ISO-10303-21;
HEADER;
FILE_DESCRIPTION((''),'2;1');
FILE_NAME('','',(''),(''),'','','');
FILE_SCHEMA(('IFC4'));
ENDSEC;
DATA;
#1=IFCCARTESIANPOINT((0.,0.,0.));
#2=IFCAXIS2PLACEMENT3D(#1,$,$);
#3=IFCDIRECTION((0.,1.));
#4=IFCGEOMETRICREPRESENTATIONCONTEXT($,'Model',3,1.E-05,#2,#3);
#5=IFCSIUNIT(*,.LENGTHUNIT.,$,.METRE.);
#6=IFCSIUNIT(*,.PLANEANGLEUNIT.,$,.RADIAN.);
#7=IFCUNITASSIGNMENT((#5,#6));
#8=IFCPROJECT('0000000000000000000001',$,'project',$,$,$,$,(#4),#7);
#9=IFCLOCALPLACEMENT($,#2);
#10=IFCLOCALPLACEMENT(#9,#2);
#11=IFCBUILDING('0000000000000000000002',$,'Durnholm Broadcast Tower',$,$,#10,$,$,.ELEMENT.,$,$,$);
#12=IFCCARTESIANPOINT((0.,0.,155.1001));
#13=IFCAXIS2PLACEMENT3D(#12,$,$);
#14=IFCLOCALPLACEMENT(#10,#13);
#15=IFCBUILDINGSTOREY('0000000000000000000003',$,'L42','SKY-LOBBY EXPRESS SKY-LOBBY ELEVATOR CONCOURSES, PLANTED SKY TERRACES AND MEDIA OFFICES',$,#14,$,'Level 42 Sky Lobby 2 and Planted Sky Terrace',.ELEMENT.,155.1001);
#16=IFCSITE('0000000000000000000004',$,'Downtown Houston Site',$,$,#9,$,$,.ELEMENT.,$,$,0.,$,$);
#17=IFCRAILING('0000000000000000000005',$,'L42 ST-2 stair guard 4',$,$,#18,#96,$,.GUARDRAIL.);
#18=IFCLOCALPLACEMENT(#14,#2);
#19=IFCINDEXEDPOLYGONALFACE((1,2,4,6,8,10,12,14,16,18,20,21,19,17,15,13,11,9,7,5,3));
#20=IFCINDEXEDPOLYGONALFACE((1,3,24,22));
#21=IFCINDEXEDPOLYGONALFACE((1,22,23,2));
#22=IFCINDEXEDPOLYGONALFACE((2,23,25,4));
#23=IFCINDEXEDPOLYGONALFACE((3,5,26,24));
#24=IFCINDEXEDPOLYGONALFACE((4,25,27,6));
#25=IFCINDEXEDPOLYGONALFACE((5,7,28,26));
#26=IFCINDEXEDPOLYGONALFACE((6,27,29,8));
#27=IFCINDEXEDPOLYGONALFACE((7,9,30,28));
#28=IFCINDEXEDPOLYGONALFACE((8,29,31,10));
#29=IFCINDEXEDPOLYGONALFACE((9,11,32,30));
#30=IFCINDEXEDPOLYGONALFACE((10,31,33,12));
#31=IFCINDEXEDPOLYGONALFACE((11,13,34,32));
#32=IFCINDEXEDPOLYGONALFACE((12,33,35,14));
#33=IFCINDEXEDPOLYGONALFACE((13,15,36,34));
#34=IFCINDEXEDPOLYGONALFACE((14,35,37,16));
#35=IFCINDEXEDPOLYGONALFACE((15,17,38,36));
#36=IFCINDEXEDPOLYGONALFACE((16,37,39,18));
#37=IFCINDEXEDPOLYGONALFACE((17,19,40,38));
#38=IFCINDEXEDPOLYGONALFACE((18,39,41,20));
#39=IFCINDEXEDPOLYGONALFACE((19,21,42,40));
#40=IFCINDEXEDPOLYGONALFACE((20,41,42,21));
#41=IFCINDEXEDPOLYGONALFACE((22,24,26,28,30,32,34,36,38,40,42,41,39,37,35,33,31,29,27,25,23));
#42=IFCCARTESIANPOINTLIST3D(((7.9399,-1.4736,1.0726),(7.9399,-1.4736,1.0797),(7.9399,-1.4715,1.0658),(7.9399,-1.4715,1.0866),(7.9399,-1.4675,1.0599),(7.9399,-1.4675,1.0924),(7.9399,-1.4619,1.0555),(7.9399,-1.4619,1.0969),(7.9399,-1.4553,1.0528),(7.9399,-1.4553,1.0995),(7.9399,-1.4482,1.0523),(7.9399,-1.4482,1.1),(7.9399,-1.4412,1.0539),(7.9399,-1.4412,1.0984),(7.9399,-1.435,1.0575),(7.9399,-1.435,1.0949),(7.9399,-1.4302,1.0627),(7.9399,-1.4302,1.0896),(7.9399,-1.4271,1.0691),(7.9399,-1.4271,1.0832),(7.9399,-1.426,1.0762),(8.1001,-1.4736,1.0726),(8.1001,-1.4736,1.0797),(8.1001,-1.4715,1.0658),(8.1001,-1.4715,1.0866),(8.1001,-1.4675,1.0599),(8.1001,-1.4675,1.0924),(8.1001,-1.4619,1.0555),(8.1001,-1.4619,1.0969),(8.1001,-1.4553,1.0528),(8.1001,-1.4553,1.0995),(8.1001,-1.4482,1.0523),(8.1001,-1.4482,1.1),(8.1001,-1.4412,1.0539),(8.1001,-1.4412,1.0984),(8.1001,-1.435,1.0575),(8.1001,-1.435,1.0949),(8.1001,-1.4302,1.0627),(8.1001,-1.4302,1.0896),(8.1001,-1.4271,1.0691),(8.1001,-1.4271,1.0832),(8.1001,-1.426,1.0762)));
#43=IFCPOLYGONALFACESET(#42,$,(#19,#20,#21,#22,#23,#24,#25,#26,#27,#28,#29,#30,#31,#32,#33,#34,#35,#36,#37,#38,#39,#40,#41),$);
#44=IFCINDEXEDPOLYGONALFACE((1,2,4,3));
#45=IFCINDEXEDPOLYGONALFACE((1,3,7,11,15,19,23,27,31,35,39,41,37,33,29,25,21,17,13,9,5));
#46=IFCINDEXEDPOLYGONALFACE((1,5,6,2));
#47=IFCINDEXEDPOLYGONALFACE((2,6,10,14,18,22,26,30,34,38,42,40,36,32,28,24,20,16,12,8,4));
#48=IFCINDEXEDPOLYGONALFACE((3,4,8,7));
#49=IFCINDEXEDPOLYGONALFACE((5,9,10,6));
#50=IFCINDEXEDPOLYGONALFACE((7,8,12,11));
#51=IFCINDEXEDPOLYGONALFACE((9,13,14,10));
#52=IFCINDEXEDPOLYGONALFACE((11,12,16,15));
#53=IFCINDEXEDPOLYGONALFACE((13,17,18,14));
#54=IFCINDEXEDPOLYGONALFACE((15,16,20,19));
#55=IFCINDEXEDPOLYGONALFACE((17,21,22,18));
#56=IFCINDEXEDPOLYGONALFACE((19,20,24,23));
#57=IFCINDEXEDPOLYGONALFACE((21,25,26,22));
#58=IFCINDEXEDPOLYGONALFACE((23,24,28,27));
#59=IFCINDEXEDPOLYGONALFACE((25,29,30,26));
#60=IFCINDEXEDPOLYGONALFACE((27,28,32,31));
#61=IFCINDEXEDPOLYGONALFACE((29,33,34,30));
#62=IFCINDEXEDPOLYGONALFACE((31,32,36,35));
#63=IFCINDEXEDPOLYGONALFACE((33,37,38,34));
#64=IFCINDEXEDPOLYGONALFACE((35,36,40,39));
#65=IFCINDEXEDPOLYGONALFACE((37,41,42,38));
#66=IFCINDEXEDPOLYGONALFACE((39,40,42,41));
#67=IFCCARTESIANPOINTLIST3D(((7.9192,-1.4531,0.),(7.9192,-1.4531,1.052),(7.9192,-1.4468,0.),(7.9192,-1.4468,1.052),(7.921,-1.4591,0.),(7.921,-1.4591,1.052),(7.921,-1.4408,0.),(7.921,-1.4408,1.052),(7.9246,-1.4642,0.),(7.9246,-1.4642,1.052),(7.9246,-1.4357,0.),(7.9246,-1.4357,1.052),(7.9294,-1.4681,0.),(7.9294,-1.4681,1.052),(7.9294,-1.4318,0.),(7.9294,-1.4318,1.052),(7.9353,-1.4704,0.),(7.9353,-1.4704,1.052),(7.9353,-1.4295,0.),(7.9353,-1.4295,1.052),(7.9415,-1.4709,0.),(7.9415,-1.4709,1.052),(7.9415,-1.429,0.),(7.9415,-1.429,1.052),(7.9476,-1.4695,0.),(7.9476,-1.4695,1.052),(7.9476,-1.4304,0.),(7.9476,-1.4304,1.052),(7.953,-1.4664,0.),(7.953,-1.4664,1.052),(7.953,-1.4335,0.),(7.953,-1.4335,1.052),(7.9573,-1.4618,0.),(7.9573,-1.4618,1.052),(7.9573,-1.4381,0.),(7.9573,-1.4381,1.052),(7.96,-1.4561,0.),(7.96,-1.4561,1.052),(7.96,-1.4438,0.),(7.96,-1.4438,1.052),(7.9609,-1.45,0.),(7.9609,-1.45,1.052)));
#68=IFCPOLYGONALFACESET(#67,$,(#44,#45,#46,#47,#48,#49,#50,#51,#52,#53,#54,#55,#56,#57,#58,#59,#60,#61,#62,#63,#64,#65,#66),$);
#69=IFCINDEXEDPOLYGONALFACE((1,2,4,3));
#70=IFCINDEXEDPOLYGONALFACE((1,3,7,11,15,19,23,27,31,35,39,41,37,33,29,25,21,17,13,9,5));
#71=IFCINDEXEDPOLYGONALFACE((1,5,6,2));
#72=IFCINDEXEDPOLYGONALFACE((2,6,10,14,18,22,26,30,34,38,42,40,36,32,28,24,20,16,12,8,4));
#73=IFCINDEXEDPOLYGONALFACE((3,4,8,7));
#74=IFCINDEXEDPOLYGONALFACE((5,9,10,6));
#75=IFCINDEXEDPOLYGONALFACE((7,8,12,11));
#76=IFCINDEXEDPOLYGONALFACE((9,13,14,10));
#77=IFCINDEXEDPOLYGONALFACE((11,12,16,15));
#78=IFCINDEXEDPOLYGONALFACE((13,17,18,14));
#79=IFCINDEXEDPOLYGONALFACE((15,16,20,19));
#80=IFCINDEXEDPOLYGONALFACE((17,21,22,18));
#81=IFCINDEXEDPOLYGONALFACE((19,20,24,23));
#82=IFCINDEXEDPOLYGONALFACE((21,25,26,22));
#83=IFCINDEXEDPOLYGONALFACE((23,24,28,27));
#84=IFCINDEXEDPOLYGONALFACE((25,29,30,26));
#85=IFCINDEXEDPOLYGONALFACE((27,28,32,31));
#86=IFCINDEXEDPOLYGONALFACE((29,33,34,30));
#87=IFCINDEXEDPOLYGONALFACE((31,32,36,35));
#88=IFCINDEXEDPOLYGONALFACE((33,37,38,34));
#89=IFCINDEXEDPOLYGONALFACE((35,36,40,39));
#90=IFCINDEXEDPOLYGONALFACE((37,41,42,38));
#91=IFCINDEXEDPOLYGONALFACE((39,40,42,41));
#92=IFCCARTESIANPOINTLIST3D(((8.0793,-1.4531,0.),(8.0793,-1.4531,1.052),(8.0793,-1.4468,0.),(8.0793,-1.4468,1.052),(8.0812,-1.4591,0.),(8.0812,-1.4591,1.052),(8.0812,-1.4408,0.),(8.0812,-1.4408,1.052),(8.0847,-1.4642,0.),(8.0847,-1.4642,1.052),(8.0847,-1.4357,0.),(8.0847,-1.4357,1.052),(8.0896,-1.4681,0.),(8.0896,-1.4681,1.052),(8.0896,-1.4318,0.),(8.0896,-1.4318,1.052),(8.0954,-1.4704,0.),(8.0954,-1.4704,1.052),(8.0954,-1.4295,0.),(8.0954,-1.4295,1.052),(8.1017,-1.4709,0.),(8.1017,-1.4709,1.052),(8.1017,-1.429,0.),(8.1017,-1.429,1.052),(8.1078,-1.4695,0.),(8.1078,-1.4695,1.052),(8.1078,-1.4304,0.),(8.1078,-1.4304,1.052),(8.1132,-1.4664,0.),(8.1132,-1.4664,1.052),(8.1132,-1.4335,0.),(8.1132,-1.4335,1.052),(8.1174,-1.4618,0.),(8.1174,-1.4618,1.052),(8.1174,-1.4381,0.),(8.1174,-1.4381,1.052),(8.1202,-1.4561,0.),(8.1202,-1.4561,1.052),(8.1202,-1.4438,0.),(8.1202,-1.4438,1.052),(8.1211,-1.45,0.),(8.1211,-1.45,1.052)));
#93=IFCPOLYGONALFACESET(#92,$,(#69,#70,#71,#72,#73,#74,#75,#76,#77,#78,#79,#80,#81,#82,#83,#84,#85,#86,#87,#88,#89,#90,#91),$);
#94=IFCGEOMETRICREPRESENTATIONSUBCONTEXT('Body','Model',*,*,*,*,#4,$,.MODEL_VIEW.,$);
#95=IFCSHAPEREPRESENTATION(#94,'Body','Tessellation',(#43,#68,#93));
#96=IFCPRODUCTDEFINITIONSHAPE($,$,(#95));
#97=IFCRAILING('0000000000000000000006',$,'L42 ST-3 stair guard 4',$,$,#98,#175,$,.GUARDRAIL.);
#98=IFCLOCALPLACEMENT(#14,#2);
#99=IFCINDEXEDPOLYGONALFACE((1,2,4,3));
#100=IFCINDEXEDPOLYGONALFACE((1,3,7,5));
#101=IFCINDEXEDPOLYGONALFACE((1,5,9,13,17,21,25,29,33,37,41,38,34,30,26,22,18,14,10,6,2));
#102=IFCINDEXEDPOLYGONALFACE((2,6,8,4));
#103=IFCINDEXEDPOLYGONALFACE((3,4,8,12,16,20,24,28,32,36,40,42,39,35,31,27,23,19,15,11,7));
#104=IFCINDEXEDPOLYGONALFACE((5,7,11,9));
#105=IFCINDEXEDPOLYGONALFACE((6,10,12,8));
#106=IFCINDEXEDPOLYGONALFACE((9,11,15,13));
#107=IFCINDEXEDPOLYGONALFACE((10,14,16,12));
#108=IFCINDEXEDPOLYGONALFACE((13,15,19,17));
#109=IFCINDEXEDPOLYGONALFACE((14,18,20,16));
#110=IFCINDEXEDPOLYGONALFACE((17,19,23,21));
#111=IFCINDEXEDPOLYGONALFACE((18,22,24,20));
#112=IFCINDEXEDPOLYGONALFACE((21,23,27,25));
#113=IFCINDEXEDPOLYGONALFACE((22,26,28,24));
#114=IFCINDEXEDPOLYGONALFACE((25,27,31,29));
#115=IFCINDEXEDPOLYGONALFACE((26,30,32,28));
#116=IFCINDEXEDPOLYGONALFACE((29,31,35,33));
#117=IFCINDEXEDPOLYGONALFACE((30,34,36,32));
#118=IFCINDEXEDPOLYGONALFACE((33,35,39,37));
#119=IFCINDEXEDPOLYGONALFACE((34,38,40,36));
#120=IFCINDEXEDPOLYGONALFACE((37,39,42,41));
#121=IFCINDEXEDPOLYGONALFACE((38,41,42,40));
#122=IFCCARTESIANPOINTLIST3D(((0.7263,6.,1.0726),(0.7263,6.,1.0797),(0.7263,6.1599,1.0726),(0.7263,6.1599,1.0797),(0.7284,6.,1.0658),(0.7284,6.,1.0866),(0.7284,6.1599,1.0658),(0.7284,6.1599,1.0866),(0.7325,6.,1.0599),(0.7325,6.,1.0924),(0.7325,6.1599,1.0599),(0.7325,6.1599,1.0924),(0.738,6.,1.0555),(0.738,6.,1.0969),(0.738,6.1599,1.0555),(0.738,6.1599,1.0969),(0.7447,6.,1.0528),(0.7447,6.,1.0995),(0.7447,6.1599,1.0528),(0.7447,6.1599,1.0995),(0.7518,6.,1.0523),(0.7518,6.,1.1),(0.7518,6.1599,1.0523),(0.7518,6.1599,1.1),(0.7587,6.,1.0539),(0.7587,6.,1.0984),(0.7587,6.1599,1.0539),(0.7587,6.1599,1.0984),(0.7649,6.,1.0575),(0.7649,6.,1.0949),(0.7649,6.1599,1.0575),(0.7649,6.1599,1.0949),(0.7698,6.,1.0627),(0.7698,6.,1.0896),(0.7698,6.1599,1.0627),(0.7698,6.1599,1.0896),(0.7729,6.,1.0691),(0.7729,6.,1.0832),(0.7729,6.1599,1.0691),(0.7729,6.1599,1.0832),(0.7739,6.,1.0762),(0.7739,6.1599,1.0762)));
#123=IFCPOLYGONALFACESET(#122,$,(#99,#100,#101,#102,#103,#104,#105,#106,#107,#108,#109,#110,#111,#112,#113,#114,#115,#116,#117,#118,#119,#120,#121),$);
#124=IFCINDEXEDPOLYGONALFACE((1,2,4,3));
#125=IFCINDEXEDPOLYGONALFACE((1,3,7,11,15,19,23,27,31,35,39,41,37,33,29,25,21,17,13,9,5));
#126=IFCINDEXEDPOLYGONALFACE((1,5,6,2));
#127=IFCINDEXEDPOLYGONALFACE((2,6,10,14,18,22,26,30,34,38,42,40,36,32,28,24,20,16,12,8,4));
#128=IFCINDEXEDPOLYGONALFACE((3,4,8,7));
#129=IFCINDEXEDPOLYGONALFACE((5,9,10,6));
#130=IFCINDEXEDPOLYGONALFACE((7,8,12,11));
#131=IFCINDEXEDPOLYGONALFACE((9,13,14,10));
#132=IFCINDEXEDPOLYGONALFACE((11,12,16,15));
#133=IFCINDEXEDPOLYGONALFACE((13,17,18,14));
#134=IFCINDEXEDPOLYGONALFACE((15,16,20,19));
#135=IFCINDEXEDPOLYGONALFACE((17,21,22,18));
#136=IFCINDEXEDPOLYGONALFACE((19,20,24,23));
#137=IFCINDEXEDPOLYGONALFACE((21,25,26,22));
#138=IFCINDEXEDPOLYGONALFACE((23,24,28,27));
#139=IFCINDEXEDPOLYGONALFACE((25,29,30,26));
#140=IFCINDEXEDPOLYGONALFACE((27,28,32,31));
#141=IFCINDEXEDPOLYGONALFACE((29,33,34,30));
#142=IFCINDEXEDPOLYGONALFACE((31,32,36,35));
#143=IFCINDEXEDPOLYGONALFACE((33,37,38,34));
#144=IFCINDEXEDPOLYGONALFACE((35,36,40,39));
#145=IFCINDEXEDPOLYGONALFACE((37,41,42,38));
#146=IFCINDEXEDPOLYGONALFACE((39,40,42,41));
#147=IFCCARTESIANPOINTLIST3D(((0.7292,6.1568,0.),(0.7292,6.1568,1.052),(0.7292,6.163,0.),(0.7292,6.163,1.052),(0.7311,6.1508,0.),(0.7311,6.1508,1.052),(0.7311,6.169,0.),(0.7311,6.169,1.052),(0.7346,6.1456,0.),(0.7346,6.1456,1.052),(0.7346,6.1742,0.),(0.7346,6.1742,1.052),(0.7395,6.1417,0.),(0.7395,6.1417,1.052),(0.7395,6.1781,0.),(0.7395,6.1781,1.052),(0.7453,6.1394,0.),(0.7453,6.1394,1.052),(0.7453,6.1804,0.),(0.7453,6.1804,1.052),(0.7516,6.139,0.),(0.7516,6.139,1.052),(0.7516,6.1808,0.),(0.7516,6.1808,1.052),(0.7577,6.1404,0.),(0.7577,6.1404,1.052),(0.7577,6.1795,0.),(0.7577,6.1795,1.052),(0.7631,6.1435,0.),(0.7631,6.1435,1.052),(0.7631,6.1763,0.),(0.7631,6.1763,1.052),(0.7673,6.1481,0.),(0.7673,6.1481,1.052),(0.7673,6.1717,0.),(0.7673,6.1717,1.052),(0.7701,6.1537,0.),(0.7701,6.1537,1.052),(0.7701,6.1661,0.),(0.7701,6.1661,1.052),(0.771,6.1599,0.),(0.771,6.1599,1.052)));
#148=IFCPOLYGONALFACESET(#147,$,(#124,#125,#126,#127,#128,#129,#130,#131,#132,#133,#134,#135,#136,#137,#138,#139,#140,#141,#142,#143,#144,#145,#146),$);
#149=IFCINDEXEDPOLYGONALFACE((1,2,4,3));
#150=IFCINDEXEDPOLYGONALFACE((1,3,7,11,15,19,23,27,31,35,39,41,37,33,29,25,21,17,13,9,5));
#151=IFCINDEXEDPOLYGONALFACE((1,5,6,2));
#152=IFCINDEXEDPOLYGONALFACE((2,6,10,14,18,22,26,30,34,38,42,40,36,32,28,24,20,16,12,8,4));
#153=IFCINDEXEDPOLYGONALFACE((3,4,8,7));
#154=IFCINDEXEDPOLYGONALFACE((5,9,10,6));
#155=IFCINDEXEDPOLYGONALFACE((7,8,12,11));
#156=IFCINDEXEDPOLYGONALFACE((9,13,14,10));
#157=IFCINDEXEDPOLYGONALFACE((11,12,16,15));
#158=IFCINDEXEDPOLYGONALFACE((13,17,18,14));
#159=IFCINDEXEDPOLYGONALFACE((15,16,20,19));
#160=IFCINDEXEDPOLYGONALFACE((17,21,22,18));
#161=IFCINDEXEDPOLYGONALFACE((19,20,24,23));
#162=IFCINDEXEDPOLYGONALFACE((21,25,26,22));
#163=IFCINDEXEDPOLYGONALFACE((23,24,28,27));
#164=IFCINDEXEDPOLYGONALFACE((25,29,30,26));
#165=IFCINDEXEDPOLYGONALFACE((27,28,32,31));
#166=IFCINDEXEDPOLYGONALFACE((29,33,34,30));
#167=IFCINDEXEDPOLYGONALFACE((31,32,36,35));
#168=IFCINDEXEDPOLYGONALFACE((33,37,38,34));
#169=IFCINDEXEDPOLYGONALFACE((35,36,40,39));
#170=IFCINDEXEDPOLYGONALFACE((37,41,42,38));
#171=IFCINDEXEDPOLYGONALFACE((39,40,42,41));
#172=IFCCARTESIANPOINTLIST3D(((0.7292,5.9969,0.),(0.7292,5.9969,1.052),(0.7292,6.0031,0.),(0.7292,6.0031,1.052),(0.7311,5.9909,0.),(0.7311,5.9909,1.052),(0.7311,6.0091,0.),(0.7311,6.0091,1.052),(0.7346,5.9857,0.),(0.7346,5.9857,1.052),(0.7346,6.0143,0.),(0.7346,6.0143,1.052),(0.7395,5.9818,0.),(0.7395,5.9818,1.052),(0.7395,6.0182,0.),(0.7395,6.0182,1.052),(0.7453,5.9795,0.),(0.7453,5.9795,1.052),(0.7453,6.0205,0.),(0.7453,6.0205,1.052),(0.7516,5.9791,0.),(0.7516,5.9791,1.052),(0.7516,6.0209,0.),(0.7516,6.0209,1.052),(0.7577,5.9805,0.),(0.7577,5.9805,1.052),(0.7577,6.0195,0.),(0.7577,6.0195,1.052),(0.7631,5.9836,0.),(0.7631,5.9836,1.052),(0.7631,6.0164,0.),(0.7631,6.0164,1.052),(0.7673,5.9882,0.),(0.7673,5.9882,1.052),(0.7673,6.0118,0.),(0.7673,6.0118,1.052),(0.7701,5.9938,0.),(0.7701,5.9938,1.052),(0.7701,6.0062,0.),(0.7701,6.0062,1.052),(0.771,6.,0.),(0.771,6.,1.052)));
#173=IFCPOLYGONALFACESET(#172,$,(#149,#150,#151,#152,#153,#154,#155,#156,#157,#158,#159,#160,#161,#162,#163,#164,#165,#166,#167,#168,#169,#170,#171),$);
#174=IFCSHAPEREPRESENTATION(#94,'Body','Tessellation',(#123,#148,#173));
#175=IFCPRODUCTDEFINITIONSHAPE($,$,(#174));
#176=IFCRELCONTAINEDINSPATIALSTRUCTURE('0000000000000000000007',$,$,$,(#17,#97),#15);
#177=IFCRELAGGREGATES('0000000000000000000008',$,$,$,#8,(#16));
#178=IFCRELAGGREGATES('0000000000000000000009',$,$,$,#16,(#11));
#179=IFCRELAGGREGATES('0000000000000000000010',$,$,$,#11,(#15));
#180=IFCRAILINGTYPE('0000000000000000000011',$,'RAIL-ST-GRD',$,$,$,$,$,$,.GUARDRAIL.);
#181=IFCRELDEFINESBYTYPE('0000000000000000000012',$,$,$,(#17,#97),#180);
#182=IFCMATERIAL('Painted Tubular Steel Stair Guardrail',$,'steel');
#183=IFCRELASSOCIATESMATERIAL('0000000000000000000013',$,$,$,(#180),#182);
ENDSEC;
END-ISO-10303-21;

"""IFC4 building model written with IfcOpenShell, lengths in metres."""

from ifc_helpers import new_model, si_unit, direction, frame, origin, origin_2d, place, context, subcontext, project, spatial, circle, extrude, material, type_object, element, save


model = new_model("IFC4")

# Units and contexts
model_context = context("Model", 3, precision=1e-05, world=origin(), true_north=direction((0.0, 1.0)))
body_context = subcontext(model_context, "Body", "Model", "MODEL_VIEW")
ifc_project = project(units=[si_unit("LENGTHUNIT", "METRE"), si_unit("PLANEANGLEUNIT", "RADIAN")], contexts=[model_context])

# Site, building, storey
site_placement = place(None, origin())
site = spatial("IfcSite", under=ifc_project, at=site_placement, Name="Downtown Houston Site", CompositionType="ELEMENT", RefElevation=0.0)
building_placement = place(site_placement, origin())
building = spatial("IfcBuilding", under=site, at=building_placement, Name="Durnholm Broadcast Tower", CompositionType="ELEMENT")
storey_placement = place(building_placement, frame((0.0, 0.0, 155.1001)))
storey = spatial("IfcBuildingStorey", under=building, at=storey_placement, Name="L42", Description="SKY-LOBBY EXPRESS SKY-LOBBY ELEVATOR CONCOURSES, PLANTED SKY TERRACES AND MEDIA OFFICES", LongName="Level 42 Sky Lobby 2 and Planted Sky Terrace", CompositionType="ELEMENT", Elevation=155.1001)

# Railings
ifc_material_1 = material(Name="Painted Tubular Steel Stair Guardrail", Category="steel")
railing_type = type_object("IfcRailingType", Name="RAIL-ST-GRD", PredefinedType="GUARDRAIL", material=ifc_material_1)
railing_1_placement = place(storey_placement, frame((7.9399, -1.45, 0.0)))
element("IfcRailing", 1, at=railing_1_placement, inside=storey, type_object=railing_type, Name="L42 ST-2 stair guard 4", PredefinedType="GUARDRAIL", context=body_context, shape_type="SweptSolid", body=[
    extrude(circle(Radius=0.0239, at=origin_2d()), frame((0.0, 0.0, 1.0762), z_axis=(1.0, 0.0, 0.0), x_axis=(0.0, 1.0, 0.0)), (0.0, 0.0, 1.0), 0.1602),
    extrude(circle(Radius=0.021, at=origin_2d()), origin(), (0.0, 0.0, 1.0), 1.052),
    extrude(circle(Radius=0.021, at=origin_2d()), frame((0.1602, 0.0, 0.0)), (0.0, 0.0, 1.0), 1.052),
])
railing_2_placement = place(storey_placement, frame((0.75, 6.1599, 0.0)))
element("IfcRailing", 2, at=railing_2_placement, inside=storey, type_object=railing_type, Name="L42 ST-3 stair guard 4", PredefinedType="GUARDRAIL", context=body_context, shape_type="SweptSolid", body=[
    extrude(circle(Radius=0.0239, at=origin_2d()), frame((0.0, 0.0, 1.0762), z_axis=(0.0, -1.0, 0.0), x_axis=(1.0, 0.0, 0.0)), (0.0, 0.0, 1.0), 0.1599),
    extrude(circle(Radius=0.021, at=origin_2d()), origin(), (0.0, 0.0, 1.0), 1.052),
    extrude(circle(Radius=0.021, at=origin_2d()), frame((0.0, -0.1599, 0.0)), (0.0, 0.0, 1.0), 1.052),
])

save(model, "model.ifc")
